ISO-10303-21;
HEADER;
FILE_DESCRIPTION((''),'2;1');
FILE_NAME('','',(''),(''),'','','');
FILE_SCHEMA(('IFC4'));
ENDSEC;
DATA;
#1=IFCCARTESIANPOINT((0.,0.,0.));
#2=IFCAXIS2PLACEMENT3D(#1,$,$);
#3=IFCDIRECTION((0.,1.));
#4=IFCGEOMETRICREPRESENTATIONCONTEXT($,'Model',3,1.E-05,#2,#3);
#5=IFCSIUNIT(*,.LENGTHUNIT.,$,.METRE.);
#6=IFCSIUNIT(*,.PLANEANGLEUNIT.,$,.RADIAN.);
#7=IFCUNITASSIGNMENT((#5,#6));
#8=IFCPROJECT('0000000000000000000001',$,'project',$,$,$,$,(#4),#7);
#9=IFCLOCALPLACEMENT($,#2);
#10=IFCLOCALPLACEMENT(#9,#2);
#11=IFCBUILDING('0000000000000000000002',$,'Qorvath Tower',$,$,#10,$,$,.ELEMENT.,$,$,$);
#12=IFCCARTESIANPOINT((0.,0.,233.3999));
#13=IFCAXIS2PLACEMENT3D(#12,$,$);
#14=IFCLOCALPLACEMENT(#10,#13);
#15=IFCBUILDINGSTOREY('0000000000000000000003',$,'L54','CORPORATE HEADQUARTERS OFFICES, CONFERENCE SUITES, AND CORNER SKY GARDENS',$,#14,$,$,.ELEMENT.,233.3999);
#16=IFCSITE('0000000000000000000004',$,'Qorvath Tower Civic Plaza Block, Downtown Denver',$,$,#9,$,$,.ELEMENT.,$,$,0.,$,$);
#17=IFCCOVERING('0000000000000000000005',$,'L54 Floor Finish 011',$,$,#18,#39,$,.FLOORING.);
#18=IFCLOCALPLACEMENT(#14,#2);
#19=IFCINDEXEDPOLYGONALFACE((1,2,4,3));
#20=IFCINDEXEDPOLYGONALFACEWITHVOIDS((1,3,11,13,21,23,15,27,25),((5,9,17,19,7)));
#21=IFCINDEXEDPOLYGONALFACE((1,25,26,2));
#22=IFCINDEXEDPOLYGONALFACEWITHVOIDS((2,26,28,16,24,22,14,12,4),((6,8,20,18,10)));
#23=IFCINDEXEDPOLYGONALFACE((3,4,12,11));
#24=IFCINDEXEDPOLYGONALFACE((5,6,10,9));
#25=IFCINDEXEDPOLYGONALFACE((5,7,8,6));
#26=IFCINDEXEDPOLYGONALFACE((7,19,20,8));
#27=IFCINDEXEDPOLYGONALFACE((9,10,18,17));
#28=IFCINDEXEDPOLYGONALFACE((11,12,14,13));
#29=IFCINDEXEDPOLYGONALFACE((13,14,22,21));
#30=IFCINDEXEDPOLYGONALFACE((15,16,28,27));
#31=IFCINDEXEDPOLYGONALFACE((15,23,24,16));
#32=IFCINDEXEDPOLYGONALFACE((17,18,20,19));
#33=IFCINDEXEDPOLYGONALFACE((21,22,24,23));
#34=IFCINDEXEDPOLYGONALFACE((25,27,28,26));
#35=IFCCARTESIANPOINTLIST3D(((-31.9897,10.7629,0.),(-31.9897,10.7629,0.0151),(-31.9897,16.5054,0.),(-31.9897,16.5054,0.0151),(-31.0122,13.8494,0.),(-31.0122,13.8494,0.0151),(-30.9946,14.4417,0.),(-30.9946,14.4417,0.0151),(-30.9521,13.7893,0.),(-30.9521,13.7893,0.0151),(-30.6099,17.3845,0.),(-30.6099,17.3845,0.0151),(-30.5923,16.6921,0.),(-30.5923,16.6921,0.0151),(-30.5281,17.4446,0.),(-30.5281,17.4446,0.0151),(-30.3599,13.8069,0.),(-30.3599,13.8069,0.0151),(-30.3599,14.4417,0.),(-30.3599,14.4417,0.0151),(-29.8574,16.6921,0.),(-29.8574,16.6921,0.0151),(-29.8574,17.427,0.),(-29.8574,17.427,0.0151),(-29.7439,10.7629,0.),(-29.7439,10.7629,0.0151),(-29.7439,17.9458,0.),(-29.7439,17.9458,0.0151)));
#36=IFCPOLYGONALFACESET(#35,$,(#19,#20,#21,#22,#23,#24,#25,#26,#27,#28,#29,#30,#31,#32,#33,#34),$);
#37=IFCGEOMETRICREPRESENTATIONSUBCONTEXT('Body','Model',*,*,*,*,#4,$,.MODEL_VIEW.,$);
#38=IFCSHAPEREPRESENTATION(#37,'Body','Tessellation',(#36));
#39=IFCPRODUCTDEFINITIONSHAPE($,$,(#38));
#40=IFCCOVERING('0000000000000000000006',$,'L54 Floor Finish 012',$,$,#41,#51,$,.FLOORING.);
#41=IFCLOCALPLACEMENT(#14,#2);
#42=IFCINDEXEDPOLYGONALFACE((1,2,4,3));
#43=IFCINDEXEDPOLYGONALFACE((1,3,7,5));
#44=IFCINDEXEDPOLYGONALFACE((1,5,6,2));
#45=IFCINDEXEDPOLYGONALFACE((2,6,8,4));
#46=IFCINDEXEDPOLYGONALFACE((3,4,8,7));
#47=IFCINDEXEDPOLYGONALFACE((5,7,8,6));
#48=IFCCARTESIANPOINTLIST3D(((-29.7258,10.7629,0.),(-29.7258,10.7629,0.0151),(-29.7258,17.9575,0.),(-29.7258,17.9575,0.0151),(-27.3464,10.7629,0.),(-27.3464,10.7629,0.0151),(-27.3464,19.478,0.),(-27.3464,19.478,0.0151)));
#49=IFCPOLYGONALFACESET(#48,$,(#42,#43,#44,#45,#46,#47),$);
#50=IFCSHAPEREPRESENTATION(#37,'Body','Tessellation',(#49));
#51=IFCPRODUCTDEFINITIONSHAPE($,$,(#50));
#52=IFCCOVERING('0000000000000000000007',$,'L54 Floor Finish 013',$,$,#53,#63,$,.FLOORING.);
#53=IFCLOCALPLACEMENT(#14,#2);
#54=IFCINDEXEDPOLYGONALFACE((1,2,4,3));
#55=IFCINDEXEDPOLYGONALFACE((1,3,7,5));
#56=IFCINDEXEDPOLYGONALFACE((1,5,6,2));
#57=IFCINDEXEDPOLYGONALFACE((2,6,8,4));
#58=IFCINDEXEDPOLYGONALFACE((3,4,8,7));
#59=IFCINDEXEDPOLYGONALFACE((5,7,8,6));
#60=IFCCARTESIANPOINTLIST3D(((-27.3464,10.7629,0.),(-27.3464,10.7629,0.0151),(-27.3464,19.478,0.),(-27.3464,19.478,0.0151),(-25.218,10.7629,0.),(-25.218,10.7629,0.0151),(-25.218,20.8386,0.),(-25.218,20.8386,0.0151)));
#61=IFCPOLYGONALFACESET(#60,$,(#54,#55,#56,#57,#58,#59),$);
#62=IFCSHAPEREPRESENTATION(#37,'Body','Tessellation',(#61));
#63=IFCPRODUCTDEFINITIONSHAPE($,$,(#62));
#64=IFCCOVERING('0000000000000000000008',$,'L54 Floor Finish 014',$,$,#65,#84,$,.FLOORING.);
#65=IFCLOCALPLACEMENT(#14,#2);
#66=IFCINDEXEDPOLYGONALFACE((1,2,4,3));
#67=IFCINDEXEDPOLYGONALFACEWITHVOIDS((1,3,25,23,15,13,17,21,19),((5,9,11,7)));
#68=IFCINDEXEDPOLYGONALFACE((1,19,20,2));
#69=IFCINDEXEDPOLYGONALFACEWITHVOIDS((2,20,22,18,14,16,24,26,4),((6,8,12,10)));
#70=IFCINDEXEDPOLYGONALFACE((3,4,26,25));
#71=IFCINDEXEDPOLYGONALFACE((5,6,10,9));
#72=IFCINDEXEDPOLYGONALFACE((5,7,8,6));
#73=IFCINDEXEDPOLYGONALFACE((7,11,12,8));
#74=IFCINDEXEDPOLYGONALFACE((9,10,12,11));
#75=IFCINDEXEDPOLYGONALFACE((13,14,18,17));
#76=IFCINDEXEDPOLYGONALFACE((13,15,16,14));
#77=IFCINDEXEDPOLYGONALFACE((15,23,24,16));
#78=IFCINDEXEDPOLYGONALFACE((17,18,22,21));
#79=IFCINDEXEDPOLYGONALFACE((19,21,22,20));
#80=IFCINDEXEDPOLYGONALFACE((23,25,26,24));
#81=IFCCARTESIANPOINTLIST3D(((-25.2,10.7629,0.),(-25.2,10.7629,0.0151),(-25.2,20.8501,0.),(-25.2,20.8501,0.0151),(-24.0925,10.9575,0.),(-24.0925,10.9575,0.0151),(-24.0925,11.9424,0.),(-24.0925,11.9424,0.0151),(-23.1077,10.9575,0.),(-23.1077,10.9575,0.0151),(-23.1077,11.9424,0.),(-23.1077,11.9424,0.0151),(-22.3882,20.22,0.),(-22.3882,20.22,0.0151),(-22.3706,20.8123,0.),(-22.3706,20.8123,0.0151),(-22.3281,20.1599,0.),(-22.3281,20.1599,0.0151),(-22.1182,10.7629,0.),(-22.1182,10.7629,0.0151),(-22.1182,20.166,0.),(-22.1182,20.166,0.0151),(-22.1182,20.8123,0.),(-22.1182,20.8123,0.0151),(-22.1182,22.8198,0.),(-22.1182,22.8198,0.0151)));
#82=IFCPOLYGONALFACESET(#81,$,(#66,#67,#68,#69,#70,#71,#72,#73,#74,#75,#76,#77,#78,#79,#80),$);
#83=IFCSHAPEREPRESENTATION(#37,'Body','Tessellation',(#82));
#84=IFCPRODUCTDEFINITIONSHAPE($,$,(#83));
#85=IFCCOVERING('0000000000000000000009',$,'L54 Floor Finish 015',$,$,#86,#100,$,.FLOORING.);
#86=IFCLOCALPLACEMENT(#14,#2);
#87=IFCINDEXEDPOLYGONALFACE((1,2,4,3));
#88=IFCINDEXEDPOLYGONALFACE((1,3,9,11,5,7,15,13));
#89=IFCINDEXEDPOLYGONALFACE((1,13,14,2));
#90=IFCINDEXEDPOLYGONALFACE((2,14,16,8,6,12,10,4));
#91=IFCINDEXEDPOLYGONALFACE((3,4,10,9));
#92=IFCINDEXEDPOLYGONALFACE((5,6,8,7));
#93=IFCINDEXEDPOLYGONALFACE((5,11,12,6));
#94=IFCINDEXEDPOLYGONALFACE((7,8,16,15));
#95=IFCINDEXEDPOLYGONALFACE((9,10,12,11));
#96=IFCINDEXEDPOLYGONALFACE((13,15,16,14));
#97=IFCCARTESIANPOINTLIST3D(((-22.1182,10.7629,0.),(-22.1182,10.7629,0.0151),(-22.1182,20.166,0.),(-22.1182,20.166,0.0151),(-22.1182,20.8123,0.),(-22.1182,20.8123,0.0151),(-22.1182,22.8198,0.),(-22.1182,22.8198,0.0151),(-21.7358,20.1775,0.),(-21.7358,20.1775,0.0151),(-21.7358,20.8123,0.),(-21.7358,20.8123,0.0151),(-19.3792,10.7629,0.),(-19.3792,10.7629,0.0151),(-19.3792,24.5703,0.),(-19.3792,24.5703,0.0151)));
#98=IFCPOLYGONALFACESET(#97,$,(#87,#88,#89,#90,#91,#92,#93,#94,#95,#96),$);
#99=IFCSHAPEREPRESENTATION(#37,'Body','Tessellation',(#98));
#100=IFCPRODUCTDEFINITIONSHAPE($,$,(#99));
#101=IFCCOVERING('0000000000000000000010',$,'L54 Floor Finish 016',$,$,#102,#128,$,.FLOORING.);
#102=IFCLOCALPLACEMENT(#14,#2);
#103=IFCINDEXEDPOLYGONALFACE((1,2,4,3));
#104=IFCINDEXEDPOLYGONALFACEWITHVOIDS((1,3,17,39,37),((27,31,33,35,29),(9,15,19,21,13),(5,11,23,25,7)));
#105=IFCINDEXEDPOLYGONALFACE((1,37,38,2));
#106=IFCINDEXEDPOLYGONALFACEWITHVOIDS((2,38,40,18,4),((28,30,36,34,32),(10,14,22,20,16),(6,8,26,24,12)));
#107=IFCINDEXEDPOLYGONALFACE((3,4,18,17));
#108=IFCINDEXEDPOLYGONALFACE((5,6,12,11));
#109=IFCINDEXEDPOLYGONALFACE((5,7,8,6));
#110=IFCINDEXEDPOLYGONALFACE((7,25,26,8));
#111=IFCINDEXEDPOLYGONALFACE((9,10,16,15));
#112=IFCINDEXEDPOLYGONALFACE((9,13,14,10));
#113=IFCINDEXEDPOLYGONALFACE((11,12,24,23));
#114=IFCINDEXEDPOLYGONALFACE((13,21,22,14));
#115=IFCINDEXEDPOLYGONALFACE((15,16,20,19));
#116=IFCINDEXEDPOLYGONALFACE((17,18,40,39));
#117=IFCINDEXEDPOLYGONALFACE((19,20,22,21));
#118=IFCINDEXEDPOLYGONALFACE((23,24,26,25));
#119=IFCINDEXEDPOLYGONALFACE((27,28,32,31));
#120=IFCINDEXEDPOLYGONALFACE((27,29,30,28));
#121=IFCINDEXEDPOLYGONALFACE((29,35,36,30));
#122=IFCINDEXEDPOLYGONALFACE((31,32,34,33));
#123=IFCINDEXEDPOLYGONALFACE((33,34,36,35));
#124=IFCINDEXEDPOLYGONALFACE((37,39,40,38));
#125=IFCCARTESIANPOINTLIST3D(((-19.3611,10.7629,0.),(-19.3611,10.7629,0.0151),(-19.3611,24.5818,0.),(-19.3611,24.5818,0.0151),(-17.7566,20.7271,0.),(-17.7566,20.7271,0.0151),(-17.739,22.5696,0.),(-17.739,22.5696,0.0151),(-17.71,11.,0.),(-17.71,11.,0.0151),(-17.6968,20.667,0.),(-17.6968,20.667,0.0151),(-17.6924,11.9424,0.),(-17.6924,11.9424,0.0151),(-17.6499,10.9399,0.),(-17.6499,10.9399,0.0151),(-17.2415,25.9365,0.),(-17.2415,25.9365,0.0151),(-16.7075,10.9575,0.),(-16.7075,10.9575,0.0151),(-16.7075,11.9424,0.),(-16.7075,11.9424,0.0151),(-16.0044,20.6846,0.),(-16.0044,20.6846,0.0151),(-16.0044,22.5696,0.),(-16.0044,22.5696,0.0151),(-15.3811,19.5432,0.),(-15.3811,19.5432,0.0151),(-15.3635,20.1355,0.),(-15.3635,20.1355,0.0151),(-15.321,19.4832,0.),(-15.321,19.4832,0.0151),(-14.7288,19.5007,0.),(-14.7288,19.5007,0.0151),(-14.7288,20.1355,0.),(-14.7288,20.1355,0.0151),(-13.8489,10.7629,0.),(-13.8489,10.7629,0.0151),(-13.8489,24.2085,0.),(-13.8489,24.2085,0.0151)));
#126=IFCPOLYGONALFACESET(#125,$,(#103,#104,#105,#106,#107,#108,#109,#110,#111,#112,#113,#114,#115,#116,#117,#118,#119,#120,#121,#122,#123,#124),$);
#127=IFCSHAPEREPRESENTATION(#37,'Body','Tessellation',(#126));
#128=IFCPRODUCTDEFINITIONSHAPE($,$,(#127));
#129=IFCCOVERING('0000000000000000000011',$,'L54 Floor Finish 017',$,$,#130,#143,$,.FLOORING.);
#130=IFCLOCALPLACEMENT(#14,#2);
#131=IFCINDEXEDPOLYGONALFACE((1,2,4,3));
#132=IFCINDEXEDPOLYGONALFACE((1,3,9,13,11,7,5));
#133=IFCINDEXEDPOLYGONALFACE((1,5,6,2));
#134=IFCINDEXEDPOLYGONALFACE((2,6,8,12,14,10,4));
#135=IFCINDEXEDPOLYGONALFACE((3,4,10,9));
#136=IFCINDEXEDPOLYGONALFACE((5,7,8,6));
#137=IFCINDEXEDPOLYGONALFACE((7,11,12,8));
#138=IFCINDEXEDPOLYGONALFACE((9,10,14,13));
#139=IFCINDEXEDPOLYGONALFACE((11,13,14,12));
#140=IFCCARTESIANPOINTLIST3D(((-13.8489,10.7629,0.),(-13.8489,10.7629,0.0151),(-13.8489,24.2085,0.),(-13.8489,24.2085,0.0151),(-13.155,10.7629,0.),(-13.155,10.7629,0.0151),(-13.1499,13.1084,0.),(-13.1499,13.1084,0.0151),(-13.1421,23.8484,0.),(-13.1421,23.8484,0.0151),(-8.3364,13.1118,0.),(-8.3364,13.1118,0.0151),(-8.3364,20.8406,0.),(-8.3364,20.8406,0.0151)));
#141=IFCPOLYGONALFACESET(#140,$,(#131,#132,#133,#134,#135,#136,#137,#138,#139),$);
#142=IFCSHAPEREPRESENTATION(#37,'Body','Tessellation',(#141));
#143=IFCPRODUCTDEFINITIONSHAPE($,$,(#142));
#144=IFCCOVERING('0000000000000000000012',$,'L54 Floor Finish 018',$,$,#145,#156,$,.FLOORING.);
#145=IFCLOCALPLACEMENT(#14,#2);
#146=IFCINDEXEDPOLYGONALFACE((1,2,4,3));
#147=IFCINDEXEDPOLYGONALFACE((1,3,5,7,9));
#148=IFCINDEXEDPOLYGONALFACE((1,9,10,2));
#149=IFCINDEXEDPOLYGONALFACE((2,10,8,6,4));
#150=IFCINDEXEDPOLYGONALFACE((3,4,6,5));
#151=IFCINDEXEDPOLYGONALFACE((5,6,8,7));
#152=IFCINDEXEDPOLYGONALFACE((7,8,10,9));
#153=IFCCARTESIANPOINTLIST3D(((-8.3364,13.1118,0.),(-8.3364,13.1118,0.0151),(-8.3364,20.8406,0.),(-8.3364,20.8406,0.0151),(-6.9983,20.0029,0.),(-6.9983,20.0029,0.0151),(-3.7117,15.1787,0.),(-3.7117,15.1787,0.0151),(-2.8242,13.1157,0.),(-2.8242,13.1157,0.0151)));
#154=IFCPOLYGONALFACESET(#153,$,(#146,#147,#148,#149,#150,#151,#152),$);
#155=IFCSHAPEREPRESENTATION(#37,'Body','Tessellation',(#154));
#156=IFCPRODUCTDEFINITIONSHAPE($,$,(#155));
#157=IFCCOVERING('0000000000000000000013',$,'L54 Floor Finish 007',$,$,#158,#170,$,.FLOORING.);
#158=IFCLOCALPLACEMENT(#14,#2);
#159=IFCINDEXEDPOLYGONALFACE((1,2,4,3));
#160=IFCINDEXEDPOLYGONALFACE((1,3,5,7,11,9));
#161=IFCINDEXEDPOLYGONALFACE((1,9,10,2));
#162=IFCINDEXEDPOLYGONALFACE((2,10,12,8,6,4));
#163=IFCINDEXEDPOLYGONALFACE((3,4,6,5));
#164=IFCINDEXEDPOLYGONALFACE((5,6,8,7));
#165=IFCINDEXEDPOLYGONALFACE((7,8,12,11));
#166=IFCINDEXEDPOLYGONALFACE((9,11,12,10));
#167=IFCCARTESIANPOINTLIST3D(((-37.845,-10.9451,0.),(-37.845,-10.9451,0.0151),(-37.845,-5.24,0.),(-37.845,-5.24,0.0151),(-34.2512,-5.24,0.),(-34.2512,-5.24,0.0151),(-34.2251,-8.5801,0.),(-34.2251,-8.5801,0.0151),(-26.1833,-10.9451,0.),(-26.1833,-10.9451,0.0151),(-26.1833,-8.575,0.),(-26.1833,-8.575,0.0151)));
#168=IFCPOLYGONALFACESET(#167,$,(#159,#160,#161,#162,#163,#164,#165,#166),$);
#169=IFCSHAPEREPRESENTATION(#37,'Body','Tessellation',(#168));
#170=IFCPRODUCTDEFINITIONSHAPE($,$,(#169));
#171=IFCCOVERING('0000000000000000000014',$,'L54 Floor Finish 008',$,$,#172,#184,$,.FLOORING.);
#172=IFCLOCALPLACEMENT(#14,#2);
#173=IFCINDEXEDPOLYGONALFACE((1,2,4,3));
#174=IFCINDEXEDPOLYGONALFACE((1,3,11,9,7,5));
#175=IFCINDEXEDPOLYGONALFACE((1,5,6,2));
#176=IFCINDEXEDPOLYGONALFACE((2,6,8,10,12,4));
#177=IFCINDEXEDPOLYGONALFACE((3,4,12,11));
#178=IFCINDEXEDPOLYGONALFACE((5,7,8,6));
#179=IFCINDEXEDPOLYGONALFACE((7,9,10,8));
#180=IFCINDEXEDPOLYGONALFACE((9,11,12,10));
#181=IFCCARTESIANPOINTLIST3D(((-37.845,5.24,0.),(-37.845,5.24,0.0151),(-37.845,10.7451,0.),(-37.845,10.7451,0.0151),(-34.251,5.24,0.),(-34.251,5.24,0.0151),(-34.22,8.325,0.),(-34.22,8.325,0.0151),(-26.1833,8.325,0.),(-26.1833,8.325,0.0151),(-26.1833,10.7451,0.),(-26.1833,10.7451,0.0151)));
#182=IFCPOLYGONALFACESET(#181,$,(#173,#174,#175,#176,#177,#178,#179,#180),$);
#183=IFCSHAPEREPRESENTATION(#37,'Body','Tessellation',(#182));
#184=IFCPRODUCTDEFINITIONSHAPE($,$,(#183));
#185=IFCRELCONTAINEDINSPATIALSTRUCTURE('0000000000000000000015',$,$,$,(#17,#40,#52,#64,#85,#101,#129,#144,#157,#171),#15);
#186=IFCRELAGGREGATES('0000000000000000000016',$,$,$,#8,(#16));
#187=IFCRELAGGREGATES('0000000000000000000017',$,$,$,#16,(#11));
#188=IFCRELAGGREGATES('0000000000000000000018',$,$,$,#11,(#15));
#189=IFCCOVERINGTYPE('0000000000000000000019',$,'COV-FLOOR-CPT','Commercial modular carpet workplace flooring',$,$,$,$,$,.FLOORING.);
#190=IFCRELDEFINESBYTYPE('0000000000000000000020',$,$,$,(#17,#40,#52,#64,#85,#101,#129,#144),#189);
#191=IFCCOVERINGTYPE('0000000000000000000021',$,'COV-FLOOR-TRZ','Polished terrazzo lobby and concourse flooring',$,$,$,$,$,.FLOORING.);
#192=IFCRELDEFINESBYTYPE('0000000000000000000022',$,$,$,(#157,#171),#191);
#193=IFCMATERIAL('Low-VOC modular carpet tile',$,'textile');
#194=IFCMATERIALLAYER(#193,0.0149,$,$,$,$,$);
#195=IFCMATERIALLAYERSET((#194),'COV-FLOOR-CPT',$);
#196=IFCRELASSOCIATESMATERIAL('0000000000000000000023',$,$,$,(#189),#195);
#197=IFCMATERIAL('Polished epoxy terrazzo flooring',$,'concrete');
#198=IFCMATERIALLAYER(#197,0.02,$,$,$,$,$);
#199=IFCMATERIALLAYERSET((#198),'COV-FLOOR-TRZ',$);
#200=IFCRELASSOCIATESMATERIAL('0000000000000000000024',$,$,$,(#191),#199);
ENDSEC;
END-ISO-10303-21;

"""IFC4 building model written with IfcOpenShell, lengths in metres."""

from ifc_helpers import new_model, si_unit, direction, frame, origin, place, context, subcontext, project, spatial, polyline, outline, extrude, material, layer, layer_set, type_object, element, save


model = new_model("IFC4")

# Units and contexts
model_context = context("Model", 3, precision=1e-05, world=origin(), true_north=direction((0.0, 1.0)))
body_context = subcontext(model_context, "Body", "Model", "MODEL_VIEW")
ifc_project = project(units=[si_unit("LENGTHUNIT", "METRE"), si_unit("PLANEANGLEUNIT", "RADIAN")], contexts=[model_context])

# Site, building, storey
site_placement = place(None, origin())
site = spatial("IfcSite", under=ifc_project, at=site_placement, Name="Qorvath Tower Civic Plaza Block, Downtown Denver", CompositionType="ELEMENT", RefElevation=0.0)
building_placement = place(site_placement, origin())
building = spatial("IfcBuilding", under=site, at=building_placement, Name="Qorvath Tower", CompositionType="ELEMENT")
storey_placement = place(building_placement, frame((0.0, 0.0, 233.3999)))
storey = spatial("IfcBuildingStorey", under=building, at=storey_placement, Name="L54", Description="CORPORATE HEADQUARTERS OFFICES, CONFERENCE SUITES, AND CORNER SKY GARDENS", CompositionType="ELEMENT", Elevation=233.3999)

# Coverings
ifc_material_1 = material(Name="Low-VOC modular carpet tile", Category="textile")
ifc_layer_1 = layer(ifc_material_1, 0.0149)
ifc_layer_set_1 = layer_set([ifc_layer_1], Name="COV-FLOOR-CPT")
covering_type_1 = type_object("IfcCoveringType", Name="COV-FLOOR-CPT", Description="Commercial modular carpet workplace flooring", PredefinedType="FLOORING", material=ifc_layer_set_1)
covering_1_placement = place(storey_placement, origin())
element("IfcCovering", 1, at=covering_1_placement, inside=storey, type_object=covering_type_1, Name="L54 Floor Finish 011", PredefinedType="FLOORING", context=body_context, shape_type="SweptSolid", body=[
    extrude(outline(polyline([(-30.6099, 17.3845), (-31.9897, 16.5054), (-31.9897, 10.7629), (-29.7439, 10.7629), (-29.7439, 17.9458), (-30.5281, 17.4446), (-29.8574, 17.427), (-29.8574, 16.6921), (-30.5923, 16.6921), (-30.6099, 17.3845)]), holes=[polyline([(-31.0122, 13.8494), (-30.9946, 14.4417), (-30.3599, 14.4417), (-30.3599, 13.8069), (-30.9521, 13.7893), (-31.0122, 13.8494)])]), origin(), (0.0, 0.0, 1.0), 0.0151),
])
covering_2_placement = place(storey_placement, origin())
element("IfcCovering", 2, at=covering_2_placement, inside=storey, type_object=covering_type_1, Name="L54 Floor Finish 012", PredefinedType="FLOORING", context=body_context, shape_type="SweptSolid", body=[
    extrude(outline(polyline([(-29.7258, 10.7629), (-27.3464, 10.7629), (-27.3464, 19.478), (-29.7258, 17.9575), (-29.7258, 10.7629)])), origin(), (0.0, 0.0, 1.0), 0.0151),
])
covering_3_placement = place(storey_placement, origin())
element("IfcCovering", 3, at=covering_3_placement, inside=storey, type_object=covering_type_1, Name="L54 Floor Finish 013", PredefinedType="FLOORING", context=body_context, shape_type="SweptSolid", body=[
    extrude(outline(polyline([(-27.3464, 19.478), (-27.3464, 10.7629), (-25.218, 10.7629), (-25.218, 20.8386), (-27.3464, 19.478)])), origin(), (0.0, 0.0, 1.0), 0.0151),
])
covering_4_placement = place(storey_placement, origin())
element("IfcCovering", 4, at=covering_4_placement, inside=storey, type_object=covering_type_1, Name="L54 Floor Finish 014", PredefinedType="FLOORING", context=body_context, shape_type="SweptSolid", body=[
    extrude(outline(polyline([(-25.2, 10.7629), (-22.1182, 10.7629), (-22.1182, 20.166), (-22.3281, 20.1599), (-22.3882, 20.22), (-22.3706, 20.8123), (-22.1182, 20.8123), (-22.1182, 22.8198), (-25.2, 20.8501), (-25.2, 10.7629)]), holes=[polyline([(-24.0925, 10.9575), (-24.0925, 11.9424), (-23.1077, 11.9424), (-23.1077, 10.9575), (-24.0925, 10.9575)])]), origin(), (0.0, 0.0, 1.0), 0.0151),
])
covering_5_placement = place(storey_placement, origin())
element("IfcCovering", 5, at=covering_5_placement, inside=storey, type_object=covering_type_1, Name="L54 Floor Finish 015", PredefinedType="FLOORING", context=body_context, shape_type="SweptSolid", body=[
    extrude(outline(polyline([(-22.1182, 22.8198), (-22.1182, 20.8123), (-21.7358, 20.8123), (-21.7358, 20.1775), (-22.1182, 20.166), (-22.1182, 10.7629), (-19.3792, 10.7629), (-19.3792, 24.5703), (-22.1182, 22.8198)])), origin(), (0.0, 0.0, 1.0), 0.0151),
])
covering_6_placement = place(storey_placement, origin())
element("IfcCovering", 6, at=covering_6_placement, inside=storey, type_object=covering_type_1, Name="L54 Floor Finish 016", PredefinedType="FLOORING", context=body_context, shape_type="SweptSolid", body=[
    extrude(outline(polyline([(-13.8489, 10.7629), (-13.8489, 24.2085), (-17.2415, 25.9365), (-19.3611, 24.5818), (-19.3611, 10.7629), (-13.8489, 10.7629)]), holes=[polyline([(-15.3811, 19.5432), (-15.3635, 20.1355), (-14.7288, 20.1355), (-14.7288, 19.5007), (-15.321, 19.4832), (-15.3811, 19.5432)]), polyline([(-17.7566, 20.7271), (-17.739, 22.5696), (-16.0044, 22.5696), (-16.0044, 20.6846), (-17.6968, 20.667), (-17.7566, 20.7271)]), polyline([(-17.71, 11.0), (-17.6924, 11.9424), (-16.7075, 11.9424), (-16.7075, 10.9575), (-17.6499, 10.9399), (-17.71, 11.0)])]), origin(), (0.0, 0.0, 1.0), 0.0151),
])
covering_7_placement = place(storey_placement, origin())
element("IfcCovering", 7, at=covering_7_placement, inside=storey, type_object=covering_type_1, Name="L54 Floor Finish 017", PredefinedType="FLOORING", context=body_context, shape_type="SweptSolid", body=[
    extrude(outline(polyline([(-13.1421, 23.8484), (-13.8489, 24.2085), (-13.8489, 10.7629), (-13.155, 10.7629), (-13.1499, 13.1084), (-8.3364, 13.1118), (-8.3364, 20.8406), (-13.1421, 23.8484)])), origin(), (0.0, 0.0, 1.0), 0.0151),
])
covering_8_placement = place(storey_placement, origin())
element("IfcCovering", 8, at=covering_8_placement, inside=storey, type_object=covering_type_1, Name="L54 Floor Finish 018", PredefinedType="FLOORING", context=body_context, shape_type="SweptSolid", body=[
    extrude(outline(polyline([(-8.3364, 20.8406), (-8.3364, 13.1118), (-2.8242, 13.1157), (-3.7117, 15.1787), (-6.9983, 20.0029), (-8.3364, 20.8406)])), origin(), (0.0, 0.0, 1.0), 0.0151),
])
ifc_material_2 = material(Name="Polished epoxy terrazzo flooring", Category="concrete")
ifc_layer_2 = layer(ifc_material_2, 0.02)
ifc_layer_set_2 = layer_set([ifc_layer_2], Name="COV-FLOOR-TRZ")
covering_type_2 = type_object("IfcCoveringType", Name="COV-FLOOR-TRZ", Description="Polished terrazzo lobby and concourse flooring", PredefinedType="FLOORING", material=ifc_layer_set_2)
covering_9_placement = place(storey_placement, origin())
element("IfcCovering", 9, at=covering_9_placement, inside=storey, type_object=covering_type_2, Name="L54 Floor Finish 007", PredefinedType="FLOORING", context=body_context, shape_type="SweptSolid", body=[
    extrude(outline(polyline([(-34.2251, -8.5801), (-34.2512, -5.24), (-37.845, -5.24), (-37.845, -10.9451), (-26.1833, -10.9451), (-26.1833, -8.575), (-34.2251, -8.5801)])), origin(), (0.0, 0.0, 1.0), 0.0151),
])
covering_10_placement = place(storey_placement, origin())
element("IfcCovering", 10, at=covering_10_placement, inside=storey, type_object=covering_type_2, Name="L54 Floor Finish 008", PredefinedType="FLOORING", context=body_context, shape_type="SweptSolid", body=[
    extrude(outline(polyline([(-26.1833, 8.325), (-26.1833, 10.7451), (-37.845, 10.7451), (-37.845, 5.24), (-34.251, 5.24), (-34.22, 8.325), (-26.1833, 8.325)])), origin(), (0.0, 0.0, 1.0), 0.0151),
])

save(model, "model.ifc")
